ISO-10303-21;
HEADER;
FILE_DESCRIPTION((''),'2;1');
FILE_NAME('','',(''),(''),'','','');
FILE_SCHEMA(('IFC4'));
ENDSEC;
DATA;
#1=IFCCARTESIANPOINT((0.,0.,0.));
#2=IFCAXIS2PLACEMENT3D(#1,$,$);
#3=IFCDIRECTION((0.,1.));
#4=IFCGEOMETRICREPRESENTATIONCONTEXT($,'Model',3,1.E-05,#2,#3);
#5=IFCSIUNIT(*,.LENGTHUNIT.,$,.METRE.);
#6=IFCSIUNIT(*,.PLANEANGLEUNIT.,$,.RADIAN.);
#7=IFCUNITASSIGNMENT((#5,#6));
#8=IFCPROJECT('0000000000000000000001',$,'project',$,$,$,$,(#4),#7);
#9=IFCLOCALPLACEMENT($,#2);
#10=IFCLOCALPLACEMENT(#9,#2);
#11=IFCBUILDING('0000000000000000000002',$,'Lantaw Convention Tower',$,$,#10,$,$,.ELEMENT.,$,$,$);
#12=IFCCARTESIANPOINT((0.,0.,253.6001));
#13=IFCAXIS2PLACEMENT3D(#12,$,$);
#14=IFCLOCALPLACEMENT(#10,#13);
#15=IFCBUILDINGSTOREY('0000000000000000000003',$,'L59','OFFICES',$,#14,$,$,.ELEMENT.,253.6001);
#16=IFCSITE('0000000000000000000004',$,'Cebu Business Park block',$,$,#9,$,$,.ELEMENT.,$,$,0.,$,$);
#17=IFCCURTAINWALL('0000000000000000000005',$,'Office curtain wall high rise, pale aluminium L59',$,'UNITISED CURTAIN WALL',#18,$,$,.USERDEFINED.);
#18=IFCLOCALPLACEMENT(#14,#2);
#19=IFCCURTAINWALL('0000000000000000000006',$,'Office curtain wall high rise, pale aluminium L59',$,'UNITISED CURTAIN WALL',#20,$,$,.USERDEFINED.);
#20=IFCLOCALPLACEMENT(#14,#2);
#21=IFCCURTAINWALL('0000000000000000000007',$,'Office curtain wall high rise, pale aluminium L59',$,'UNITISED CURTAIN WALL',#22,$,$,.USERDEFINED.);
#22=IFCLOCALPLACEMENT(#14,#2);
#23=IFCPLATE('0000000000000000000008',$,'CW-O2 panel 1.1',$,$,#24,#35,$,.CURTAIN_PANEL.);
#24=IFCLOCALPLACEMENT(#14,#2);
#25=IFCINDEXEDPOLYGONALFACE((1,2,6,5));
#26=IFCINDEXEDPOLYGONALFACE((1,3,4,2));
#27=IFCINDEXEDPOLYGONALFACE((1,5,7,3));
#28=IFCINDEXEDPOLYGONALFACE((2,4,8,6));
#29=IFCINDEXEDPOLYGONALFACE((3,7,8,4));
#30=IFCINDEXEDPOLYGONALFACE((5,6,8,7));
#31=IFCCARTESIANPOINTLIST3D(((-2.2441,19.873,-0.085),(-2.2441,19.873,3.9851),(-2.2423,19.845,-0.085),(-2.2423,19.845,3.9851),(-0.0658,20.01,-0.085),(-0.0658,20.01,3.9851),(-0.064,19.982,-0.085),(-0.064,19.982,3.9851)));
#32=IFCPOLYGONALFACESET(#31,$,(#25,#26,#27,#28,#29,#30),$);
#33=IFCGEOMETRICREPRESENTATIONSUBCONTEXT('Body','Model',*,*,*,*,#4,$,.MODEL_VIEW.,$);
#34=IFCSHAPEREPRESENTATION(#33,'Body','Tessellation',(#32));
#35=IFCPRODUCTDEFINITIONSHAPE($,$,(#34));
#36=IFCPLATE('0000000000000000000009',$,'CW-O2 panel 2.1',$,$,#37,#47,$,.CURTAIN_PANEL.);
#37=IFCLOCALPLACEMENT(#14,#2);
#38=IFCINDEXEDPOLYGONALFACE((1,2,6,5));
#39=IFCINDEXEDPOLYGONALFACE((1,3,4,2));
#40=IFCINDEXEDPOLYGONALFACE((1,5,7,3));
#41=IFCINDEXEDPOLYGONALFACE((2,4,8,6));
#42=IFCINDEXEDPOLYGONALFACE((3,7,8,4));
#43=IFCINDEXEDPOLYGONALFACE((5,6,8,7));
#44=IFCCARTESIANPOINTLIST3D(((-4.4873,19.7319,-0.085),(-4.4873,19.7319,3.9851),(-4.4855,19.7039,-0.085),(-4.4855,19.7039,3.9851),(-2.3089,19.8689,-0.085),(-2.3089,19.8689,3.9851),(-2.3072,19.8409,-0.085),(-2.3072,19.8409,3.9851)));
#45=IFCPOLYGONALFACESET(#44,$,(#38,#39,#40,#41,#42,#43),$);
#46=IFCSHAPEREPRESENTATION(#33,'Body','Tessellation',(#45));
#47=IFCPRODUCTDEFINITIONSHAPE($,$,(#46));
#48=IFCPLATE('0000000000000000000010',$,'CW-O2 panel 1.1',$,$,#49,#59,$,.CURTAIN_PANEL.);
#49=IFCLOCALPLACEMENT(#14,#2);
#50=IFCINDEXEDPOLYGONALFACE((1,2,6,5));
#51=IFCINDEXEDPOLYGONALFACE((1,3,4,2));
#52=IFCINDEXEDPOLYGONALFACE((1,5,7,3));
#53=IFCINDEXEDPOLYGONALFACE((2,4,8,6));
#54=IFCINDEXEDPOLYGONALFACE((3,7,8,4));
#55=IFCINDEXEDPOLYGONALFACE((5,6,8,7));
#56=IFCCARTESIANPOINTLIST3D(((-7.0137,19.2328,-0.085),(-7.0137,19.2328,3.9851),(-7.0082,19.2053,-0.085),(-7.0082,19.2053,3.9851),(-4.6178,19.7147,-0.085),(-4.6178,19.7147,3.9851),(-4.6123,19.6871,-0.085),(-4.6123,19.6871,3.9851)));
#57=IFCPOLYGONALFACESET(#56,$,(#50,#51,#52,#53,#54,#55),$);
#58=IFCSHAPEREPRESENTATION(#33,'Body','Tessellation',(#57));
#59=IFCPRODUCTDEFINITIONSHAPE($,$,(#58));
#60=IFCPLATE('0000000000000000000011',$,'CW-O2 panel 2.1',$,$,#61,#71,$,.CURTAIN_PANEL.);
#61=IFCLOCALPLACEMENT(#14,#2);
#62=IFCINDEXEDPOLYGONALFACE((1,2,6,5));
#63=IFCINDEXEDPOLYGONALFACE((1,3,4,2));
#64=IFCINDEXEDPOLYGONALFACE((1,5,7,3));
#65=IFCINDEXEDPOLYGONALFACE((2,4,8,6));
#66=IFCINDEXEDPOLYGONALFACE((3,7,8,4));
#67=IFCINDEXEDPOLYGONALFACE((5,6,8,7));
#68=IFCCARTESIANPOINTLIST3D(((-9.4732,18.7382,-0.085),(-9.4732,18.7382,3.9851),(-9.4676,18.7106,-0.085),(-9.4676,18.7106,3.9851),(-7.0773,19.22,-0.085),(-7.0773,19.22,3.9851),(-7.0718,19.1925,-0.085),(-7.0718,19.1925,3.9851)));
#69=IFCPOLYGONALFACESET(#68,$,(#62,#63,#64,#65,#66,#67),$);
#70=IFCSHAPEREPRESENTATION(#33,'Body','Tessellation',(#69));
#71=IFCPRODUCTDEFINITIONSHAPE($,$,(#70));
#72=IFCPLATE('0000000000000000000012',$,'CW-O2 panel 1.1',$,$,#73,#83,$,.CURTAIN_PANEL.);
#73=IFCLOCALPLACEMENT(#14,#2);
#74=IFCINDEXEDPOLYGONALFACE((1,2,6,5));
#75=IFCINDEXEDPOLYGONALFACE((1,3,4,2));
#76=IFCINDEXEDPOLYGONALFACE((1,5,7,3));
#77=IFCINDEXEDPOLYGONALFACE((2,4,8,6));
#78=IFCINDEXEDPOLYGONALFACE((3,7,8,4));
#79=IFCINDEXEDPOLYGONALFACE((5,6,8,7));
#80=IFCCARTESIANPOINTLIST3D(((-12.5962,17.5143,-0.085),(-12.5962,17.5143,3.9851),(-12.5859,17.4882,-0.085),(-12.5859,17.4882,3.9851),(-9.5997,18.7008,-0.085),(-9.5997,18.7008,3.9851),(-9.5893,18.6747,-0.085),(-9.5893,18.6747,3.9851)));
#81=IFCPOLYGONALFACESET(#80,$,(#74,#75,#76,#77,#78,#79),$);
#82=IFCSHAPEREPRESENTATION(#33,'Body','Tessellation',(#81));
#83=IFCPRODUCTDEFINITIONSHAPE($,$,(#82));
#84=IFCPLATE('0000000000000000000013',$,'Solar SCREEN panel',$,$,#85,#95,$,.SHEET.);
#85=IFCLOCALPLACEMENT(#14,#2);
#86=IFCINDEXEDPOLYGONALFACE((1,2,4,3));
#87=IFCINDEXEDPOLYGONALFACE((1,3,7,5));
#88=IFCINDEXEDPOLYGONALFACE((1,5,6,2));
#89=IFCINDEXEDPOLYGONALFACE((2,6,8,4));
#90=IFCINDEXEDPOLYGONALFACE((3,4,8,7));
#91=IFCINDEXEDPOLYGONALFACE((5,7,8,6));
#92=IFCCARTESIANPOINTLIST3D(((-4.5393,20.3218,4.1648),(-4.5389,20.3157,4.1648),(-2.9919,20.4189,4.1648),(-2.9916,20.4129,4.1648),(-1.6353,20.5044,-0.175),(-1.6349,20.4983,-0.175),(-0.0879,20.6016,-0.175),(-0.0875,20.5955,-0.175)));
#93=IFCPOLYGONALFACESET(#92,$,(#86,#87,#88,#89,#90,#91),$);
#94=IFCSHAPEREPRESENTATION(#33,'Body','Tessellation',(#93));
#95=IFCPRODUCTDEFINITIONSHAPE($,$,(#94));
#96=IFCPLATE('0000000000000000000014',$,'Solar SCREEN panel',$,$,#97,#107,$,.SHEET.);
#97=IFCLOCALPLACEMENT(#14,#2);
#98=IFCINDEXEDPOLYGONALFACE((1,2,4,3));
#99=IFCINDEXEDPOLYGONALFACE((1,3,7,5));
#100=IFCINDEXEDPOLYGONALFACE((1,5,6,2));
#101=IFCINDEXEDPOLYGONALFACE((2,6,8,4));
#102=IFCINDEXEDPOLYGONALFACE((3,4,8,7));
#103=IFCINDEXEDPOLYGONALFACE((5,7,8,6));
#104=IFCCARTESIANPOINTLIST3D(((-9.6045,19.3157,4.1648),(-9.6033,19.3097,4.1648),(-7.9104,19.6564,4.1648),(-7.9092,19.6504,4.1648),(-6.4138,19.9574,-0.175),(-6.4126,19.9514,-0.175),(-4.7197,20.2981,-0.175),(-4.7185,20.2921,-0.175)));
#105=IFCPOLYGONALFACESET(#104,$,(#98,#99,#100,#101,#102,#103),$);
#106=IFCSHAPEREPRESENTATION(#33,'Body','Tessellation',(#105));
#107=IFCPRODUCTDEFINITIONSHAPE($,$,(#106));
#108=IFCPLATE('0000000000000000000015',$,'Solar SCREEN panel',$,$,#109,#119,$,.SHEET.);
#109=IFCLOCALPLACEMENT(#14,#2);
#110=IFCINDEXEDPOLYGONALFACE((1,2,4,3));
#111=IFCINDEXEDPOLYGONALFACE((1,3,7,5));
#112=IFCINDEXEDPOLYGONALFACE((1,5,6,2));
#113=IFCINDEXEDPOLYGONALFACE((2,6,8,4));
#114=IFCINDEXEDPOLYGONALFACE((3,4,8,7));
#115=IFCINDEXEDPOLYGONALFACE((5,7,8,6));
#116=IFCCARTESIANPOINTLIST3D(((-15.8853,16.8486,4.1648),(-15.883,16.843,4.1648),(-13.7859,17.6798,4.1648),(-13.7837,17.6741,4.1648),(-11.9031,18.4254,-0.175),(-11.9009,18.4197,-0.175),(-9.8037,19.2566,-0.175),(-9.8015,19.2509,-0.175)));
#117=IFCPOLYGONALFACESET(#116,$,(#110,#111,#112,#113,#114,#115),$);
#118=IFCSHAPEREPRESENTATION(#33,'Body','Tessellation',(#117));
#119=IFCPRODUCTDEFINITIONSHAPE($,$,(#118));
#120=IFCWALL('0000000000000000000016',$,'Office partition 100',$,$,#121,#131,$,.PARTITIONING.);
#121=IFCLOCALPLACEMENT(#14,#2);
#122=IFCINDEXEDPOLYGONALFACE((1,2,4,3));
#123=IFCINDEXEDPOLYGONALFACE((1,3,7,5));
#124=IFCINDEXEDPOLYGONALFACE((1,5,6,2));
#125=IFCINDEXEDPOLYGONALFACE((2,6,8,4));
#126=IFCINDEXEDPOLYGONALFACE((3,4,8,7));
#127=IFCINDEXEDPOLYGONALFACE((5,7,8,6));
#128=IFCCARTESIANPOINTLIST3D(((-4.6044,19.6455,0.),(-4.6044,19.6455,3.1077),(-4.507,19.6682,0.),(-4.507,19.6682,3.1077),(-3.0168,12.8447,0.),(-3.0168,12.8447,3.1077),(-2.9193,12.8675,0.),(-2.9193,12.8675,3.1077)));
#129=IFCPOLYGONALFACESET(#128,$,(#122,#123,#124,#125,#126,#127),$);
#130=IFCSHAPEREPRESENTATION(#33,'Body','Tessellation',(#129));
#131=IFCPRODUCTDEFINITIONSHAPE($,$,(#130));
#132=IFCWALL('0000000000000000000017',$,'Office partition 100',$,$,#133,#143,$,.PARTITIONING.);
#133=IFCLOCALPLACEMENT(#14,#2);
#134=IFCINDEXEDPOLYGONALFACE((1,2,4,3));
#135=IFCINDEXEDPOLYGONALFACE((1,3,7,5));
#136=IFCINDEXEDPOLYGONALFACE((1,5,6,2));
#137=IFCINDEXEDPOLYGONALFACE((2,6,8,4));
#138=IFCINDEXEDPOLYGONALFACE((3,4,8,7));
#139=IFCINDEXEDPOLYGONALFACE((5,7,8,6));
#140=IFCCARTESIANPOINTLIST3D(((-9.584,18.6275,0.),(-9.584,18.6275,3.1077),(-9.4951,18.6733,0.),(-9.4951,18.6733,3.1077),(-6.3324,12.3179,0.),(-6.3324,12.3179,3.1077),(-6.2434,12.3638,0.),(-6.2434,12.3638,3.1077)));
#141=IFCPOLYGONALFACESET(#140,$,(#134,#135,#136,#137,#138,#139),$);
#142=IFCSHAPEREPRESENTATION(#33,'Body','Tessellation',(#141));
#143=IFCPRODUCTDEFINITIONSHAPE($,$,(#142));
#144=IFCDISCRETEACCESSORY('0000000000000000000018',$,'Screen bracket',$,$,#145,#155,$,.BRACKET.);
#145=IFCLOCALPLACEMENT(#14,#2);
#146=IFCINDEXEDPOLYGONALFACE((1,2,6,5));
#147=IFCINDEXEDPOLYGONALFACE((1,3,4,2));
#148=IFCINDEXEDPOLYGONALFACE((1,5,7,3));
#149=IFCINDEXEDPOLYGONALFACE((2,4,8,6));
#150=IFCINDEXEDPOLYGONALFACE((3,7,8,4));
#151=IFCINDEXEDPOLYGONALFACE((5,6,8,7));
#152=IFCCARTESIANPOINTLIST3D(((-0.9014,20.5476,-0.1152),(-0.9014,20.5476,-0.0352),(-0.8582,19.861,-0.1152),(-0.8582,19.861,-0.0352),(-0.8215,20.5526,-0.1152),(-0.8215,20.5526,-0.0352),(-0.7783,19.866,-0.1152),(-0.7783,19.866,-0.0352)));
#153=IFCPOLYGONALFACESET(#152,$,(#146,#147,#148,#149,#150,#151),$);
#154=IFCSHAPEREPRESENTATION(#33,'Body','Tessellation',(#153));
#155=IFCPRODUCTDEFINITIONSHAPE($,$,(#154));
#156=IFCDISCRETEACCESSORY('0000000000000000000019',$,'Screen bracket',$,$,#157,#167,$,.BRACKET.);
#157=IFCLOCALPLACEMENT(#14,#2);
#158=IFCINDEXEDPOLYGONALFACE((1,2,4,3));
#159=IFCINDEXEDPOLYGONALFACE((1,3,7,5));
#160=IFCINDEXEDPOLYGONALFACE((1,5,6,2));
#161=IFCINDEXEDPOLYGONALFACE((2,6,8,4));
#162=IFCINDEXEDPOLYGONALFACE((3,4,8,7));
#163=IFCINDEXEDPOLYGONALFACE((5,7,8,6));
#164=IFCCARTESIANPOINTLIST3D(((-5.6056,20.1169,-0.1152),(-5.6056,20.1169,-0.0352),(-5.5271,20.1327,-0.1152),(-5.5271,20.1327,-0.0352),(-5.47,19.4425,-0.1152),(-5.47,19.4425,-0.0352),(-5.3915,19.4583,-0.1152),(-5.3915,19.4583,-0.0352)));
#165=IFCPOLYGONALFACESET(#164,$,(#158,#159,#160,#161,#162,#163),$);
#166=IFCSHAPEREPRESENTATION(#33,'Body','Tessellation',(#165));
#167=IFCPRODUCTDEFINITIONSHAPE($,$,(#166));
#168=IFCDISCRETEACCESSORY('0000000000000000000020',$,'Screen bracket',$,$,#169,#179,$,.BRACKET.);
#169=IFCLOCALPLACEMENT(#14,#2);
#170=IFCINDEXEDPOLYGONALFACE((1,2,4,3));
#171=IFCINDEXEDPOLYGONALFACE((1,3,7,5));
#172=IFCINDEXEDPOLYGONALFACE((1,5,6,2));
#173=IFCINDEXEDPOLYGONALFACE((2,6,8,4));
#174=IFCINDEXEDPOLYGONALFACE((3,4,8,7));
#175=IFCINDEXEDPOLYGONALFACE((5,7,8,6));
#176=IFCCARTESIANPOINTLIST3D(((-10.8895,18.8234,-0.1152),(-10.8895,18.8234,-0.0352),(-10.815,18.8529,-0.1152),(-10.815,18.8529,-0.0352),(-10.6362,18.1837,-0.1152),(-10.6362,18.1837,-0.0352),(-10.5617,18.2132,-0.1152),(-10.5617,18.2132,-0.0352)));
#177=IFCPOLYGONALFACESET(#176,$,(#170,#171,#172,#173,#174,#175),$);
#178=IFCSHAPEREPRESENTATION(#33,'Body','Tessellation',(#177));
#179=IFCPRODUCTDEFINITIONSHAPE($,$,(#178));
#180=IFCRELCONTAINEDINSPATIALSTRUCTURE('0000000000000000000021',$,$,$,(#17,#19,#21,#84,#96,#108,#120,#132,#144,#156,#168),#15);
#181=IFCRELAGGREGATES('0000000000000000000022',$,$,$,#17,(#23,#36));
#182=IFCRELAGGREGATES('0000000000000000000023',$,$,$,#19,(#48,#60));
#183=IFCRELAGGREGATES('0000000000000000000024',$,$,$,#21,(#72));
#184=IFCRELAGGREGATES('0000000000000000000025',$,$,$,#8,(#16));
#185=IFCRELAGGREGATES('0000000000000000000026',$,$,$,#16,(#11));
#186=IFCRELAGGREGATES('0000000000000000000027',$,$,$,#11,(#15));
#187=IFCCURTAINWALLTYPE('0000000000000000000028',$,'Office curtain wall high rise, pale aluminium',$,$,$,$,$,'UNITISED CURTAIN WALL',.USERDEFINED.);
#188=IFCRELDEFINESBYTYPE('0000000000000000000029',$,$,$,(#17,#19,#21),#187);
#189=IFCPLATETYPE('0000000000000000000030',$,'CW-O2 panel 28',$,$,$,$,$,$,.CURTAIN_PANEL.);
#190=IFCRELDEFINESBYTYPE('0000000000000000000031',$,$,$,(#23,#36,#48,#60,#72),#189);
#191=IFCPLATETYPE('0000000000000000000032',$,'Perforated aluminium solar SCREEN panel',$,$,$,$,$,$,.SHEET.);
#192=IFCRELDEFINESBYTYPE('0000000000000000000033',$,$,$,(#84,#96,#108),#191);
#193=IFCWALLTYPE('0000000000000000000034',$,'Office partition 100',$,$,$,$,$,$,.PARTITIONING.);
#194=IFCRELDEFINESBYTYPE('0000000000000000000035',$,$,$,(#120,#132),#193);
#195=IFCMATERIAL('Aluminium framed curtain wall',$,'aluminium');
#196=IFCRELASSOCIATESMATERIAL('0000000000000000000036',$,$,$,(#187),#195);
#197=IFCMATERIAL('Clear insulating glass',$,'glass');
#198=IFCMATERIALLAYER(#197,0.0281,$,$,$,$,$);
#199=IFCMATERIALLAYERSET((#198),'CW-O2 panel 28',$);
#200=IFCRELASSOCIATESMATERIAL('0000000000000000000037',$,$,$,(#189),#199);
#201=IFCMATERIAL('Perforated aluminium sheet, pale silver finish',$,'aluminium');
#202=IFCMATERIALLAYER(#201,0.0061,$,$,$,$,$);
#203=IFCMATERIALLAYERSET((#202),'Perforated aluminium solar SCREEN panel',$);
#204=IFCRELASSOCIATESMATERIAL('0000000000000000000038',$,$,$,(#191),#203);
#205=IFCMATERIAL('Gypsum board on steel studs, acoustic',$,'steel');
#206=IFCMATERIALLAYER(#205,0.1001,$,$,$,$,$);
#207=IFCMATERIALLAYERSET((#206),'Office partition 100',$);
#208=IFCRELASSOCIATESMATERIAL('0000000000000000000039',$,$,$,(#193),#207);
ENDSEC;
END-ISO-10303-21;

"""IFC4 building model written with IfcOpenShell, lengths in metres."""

from ifc_helpers import new_model, si_unit, direction, frame, frame_2d, origin, origin_2d, place, context, subcontext, project, spatial, polyline, rectangle, outline, extrude, material, layer, layer_set, type_object, element, aggregate, save


model = new_model("IFC4")

# Units and contexts
model_context = context("Model", 3, precision=1e-05, world=origin(), true_north=direction((0.0, 1.0)))
body_context = subcontext(model_context, "Body", "Model", "MODEL_VIEW")
ifc_project = project(units=[si_unit("LENGTHUNIT", "METRE"), si_unit("PLANEANGLEUNIT", "RADIAN")], contexts=[model_context])

# Site, building, storey
site_placement = place(None, origin())
site = spatial("IfcSite", under=ifc_project, at=site_placement, Name="Cebu Business Park block", CompositionType="ELEMENT", RefElevation=0.0)
building_placement = place(site_placement, origin())
building = spatial("IfcBuilding", under=site, at=building_placement, Name="Lantaw Convention Tower", CompositionType="ELEMENT")
storey_placement = place(building_placement, frame((0.0, 0.0, 253.6001)))
storey = spatial("IfcBuildingStorey", under=building, at=storey_placement, Name="L59", Description="OFFICES", CompositionType="ELEMENT", Elevation=253.6001)

# Curtain walls
ifc_material_1 = material(Name="Aluminium framed curtain wall", Category="aluminium")
curtain_wall_type = type_object("IfcCurtainWallType", Name="Office curtain wall high rise, pale aluminium", ElementType="UNITISED CURTAIN WALL", PredefinedType="USERDEFINED", material=ifc_material_1)
curtain_wall_1_placement = place(storey_placement, origin())
curtain_wall_1 = element("IfcCurtainWall", 1, at=curtain_wall_1_placement, inside=storey, type_object=curtain_wall_type, Name="Office curtain wall high rise, pale aluminium L59", ObjectType="UNITISED CURTAIN WALL", PredefinedType="USERDEFINED")
curtain_wall_2_placement = place(storey_placement, origin())
curtain_wall_2 = element("IfcCurtainWall", 2, at=curtain_wall_2_placement, inside=storey, type_object=curtain_wall_type, Name="Office curtain wall high rise, pale aluminium L59", ObjectType="UNITISED CURTAIN WALL", PredefinedType="USERDEFINED")

# Curtain wall
curtain_wall_3_placement = place(storey_placement, origin())
curtain_wall_3 = element("IfcCurtainWall", 3, at=curtain_wall_3_placement, inside=storey, type_object=curtain_wall_type, Name="Office curtain wall high rise, pale aluminium L59", ObjectType="UNITISED CURTAIN WALL", PredefinedType="USERDEFINED")

# Plates
ifc_material_2 = material(Name="Clear insulating glass", Category="glass")
ifc_layer_1 = layer(ifc_material_2, 0.0281)
ifc_layer_set_1 = layer_set([ifc_layer_1], Name="CW-O2 panel 28")
plate_type_1 = type_object("IfcPlateType", Name="CW-O2 panel 28", PredefinedType="CURTAIN_PANEL", material=ifc_layer_set_1)
plate_1_placement = place(storey_placement, frame((-1.1541, 19.9275, -0.085), z_axis=(0.0, 0.0, 1.0), x_axis=(-0.998029, -0.062758, 0.0)))
plate_1 = element("IfcPlate", 4, at=plate_1_placement, type_object=plate_type_1, Name="CW-O2 panel 1.1", PredefinedType="CURTAIN_PANEL", context=body_context, shape_type="SweptSolid", body=[
    extrude(rectangle(XDim=2.1826, YDim=0.0281, at=origin_2d()), origin(), (0.0, 0.0, 1.0), 4.0701),
])
plate_2_placement = place(storey_placement, frame((-3.3972, 19.7864, -0.085), z_axis=(0.0, 0.0, 1.0), x_axis=(-0.998029, -0.062758, 0.0)))
plate_2 = element("IfcPlate", 5, at=plate_2_placement, type_object=plate_type_1, Name="CW-O2 panel 2.1", PredefinedType="CURTAIN_PANEL", context=body_context, shape_type="SweptSolid", body=[
    extrude(rectangle(XDim=2.1826, YDim=0.0281, at=origin_2d()), origin(), (0.0, 0.0, 1.0), 4.0701),
])
aggregate(curtain_wall_1, [plate_1, plate_2])
plate_3_placement = place(storey_placement, frame((-5.813, 19.46, -0.085), z_axis=(0.0, 0.0, 1.0), x_axis=(-0.980367, -0.197183, 0.0)))
plate_3 = element("IfcPlate", 6, at=plate_3_placement, type_object=plate_type_1, Name="CW-O2 panel 1.1", PredefinedType="CURTAIN_PANEL", context=body_context, shape_type="SweptSolid", body=[
    extrude(rectangle(XDim=2.4438, YDim=0.0281, at=origin_2d()), origin(), (0.0, 0.0, 1.0), 4.0701),
])
plate_4_placement = place(storey_placement, frame((-8.2725, 18.9653, -0.085), z_axis=(0.0, 0.0, 1.0), x_axis=(-0.980367, -0.197183, 0.0)))
plate_4 = element("IfcPlate", 7, at=plate_4_placement, type_object=plate_type_1, Name="CW-O2 panel 2.1", PredefinedType="CURTAIN_PANEL", context=body_context, shape_type="SweptSolid", body=[
    extrude(rectangle(XDim=2.4438, YDim=0.0281, at=origin_2d()), origin(), (0.0, 0.0, 1.0), 4.0701),
])
aggregate(curtain_wall_2, [plate_3, plate_4])
plate_5_placement = place(storey_placement, frame((-11.0928, 18.0945, -0.085), z_axis=(0.0, 0.0, 1.0), x_axis=(-0.929762, -0.368162, 0.0)))
plate_5 = element("IfcPlate", 8, at=plate_5_placement, type_object=plate_type_1, Name="CW-O2 panel 1.1", PredefinedType="CURTAIN_PANEL", context=body_context, shape_type="SweptSolid", body=[
    extrude(rectangle(XDim=3.2229, YDim=0.0281, at=origin_2d()), origin(), (0.0, 0.0, 1.0), 4.0701),
])
aggregate(curtain_wall_3, [plate_5])

# Plates
ifc_material_3 = material(Name="Perforated aluminium sheet, pale silver finish", Category="aluminium")
ifc_layer_2 = layer(ifc_material_3, 0.0061)
ifc_layer_set_2 = layer_set([ifc_layer_2], Name="Perforated aluminium solar SCREEN panel")
plate_type_2 = type_object("IfcPlateType", Name="Perforated aluminium solar SCREEN panel", PredefinedType="SHEET", material=ifc_layer_set_2)
plate_6_placement = place(storey_placement, frame((-0.0879, 20.6016, -0.175), z_axis=(-0.062672, 0.998034, 0.000059), x_axis=(-0.998034, -0.062672, 0.0)))
element("IfcPlate", 9, at=plate_6_placement, inside=storey, type_object=plate_type_2, Name="Solar SCREEN panel", PredefinedType="SHEET", context=body_context, shape_type="SweptSolid", body=[
    extrude(outline(polyline([(0.0, 0.0), (1.5504, 0.0), (4.4602, 4.3398), (2.9098, 4.3398), (0.0, 0.0)])), origin(), (0.0, 0.0, -1.0), 0.0061),
])
plate_7_placement = place(storey_placement, frame((-4.7197, 20.2981, -0.175), z_axis=(-0.197162, 0.980371, 0.000011), x_axis=(-0.980371, -0.197162, 0.0)))
element("IfcPlate", 10, at=plate_7_placement, inside=storey, type_object=plate_type_2, Name="Solar SCREEN panel", PredefinedType="SHEET", context=body_context, shape_type="SweptSolid", body=[
    extrude(outline(polyline([(0.0, 0.0), (1.728, 0.0), (4.9826, 4.3398), (3.2546, 4.3398), (0.0, 0.0)])), origin(), (0.0, 0.0, -1.0), 0.0061),
])
plate_8_placement = place(storey_placement, frame((-9.8037, 19.2566, -0.175), z_axis=(-0.368117, 0.92978, 0.000036), x_axis=(-0.92978, -0.368117, 0.0)))
element("IfcPlate", 11, at=plate_8_placement, inside=storey, type_object=plate_type_2, Name="Solar SCREEN panel", PredefinedType="SHEET", context=body_context, shape_type="SweptSolid", body=[
    extrude(outline(polyline([(0.0, 0.0), (2.258, 0.0), (6.5409, 4.3398), (4.283, 4.3398), (0.0, 0.0)])), origin(), (0.0, 0.0, -1.0), 0.0061),
])

# Walls
ifc_material_4 = material(Name="Gypsum board on steel studs, acoustic", Category="steel")
ifc_layer_3 = layer(ifc_material_4, 0.1001)
ifc_layer_set_3 = layer_set([ifc_layer_3], Name="Office partition 100")
wall_type = type_object("IfcWallType", Name="Office partition 100", PredefinedType="PARTITIONING", material=ifc_layer_set_3)
wall_1_placement = place(storey_placement, frame((-4.5557, 19.6567, 0.0), z_axis=(0.0, 0.0, 1.0), x_axis=(0.227338, -0.973816, 0.0)))
element("IfcWall", 12, at=wall_1_placement, inside=storey, type_object=wall_type, Name="Office partition 100", PredefinedType="PARTITIONING", context=body_context, shape_type="SweptSolid", body=[
    extrude(rectangle(XDim=6.9836, YDim=0.1001, at=frame_2d((3.4917, 0.0))), origin(), (0.0, 0.0, 1.0), 3.1077),
])
wall_2_placement = place(storey_placement, frame((-9.5396, 18.6504, 0.0), z_axis=(0.0, 0.0, 1.0), x_axis=(0.458104, -0.888899, 0.0)))
element("IfcWall", 13, at=wall_2_placement, inside=storey, type_object=wall_type, Name="Office partition 100", PredefinedType="PARTITIONING", context=body_context, shape_type="SweptSolid", body=[
    extrude(rectangle(XDim=7.0981, YDim=0.1001, at=frame_2d((3.5491, 0.0))), origin(), (0.0, 0.0, 1.0), 3.1077),
])

# Discrete accessories
for number, where, z_axis, x_axis, name in (
    (14, (-0.8398, 20.2068, -0.1152), (0.0, 0.0, 1.0), (-0.998029, -0.062758, 0.0), "Screen bracket"),
    (15, (-5.4985, 19.7876, -0.1152), (0.0, 0.0, 1.0), (-0.980367, -0.197183, 0.0), "Screen bracket"),
    (16, (-10.7256, 18.5183, -0.1152), (0.0, 0.0, 1.0), (-0.929762, -0.368162, 0.0), "Screen bracket"),
):
    element("IfcDiscreteAccessory", number, at=place(storey_placement, frame(where, z_axis=z_axis, x_axis=x_axis)), inside=storey, Name=name, PredefinedType="BRACKET", context=body_context, shape_type="SweptSolid", body=[
        extrude(rectangle(XDim=0.0801, YDim=0.688, at=origin_2d()), origin(), (0.0, 0.0, 1.0), 0.0801),
    ])

save(model, "model.ifc")
